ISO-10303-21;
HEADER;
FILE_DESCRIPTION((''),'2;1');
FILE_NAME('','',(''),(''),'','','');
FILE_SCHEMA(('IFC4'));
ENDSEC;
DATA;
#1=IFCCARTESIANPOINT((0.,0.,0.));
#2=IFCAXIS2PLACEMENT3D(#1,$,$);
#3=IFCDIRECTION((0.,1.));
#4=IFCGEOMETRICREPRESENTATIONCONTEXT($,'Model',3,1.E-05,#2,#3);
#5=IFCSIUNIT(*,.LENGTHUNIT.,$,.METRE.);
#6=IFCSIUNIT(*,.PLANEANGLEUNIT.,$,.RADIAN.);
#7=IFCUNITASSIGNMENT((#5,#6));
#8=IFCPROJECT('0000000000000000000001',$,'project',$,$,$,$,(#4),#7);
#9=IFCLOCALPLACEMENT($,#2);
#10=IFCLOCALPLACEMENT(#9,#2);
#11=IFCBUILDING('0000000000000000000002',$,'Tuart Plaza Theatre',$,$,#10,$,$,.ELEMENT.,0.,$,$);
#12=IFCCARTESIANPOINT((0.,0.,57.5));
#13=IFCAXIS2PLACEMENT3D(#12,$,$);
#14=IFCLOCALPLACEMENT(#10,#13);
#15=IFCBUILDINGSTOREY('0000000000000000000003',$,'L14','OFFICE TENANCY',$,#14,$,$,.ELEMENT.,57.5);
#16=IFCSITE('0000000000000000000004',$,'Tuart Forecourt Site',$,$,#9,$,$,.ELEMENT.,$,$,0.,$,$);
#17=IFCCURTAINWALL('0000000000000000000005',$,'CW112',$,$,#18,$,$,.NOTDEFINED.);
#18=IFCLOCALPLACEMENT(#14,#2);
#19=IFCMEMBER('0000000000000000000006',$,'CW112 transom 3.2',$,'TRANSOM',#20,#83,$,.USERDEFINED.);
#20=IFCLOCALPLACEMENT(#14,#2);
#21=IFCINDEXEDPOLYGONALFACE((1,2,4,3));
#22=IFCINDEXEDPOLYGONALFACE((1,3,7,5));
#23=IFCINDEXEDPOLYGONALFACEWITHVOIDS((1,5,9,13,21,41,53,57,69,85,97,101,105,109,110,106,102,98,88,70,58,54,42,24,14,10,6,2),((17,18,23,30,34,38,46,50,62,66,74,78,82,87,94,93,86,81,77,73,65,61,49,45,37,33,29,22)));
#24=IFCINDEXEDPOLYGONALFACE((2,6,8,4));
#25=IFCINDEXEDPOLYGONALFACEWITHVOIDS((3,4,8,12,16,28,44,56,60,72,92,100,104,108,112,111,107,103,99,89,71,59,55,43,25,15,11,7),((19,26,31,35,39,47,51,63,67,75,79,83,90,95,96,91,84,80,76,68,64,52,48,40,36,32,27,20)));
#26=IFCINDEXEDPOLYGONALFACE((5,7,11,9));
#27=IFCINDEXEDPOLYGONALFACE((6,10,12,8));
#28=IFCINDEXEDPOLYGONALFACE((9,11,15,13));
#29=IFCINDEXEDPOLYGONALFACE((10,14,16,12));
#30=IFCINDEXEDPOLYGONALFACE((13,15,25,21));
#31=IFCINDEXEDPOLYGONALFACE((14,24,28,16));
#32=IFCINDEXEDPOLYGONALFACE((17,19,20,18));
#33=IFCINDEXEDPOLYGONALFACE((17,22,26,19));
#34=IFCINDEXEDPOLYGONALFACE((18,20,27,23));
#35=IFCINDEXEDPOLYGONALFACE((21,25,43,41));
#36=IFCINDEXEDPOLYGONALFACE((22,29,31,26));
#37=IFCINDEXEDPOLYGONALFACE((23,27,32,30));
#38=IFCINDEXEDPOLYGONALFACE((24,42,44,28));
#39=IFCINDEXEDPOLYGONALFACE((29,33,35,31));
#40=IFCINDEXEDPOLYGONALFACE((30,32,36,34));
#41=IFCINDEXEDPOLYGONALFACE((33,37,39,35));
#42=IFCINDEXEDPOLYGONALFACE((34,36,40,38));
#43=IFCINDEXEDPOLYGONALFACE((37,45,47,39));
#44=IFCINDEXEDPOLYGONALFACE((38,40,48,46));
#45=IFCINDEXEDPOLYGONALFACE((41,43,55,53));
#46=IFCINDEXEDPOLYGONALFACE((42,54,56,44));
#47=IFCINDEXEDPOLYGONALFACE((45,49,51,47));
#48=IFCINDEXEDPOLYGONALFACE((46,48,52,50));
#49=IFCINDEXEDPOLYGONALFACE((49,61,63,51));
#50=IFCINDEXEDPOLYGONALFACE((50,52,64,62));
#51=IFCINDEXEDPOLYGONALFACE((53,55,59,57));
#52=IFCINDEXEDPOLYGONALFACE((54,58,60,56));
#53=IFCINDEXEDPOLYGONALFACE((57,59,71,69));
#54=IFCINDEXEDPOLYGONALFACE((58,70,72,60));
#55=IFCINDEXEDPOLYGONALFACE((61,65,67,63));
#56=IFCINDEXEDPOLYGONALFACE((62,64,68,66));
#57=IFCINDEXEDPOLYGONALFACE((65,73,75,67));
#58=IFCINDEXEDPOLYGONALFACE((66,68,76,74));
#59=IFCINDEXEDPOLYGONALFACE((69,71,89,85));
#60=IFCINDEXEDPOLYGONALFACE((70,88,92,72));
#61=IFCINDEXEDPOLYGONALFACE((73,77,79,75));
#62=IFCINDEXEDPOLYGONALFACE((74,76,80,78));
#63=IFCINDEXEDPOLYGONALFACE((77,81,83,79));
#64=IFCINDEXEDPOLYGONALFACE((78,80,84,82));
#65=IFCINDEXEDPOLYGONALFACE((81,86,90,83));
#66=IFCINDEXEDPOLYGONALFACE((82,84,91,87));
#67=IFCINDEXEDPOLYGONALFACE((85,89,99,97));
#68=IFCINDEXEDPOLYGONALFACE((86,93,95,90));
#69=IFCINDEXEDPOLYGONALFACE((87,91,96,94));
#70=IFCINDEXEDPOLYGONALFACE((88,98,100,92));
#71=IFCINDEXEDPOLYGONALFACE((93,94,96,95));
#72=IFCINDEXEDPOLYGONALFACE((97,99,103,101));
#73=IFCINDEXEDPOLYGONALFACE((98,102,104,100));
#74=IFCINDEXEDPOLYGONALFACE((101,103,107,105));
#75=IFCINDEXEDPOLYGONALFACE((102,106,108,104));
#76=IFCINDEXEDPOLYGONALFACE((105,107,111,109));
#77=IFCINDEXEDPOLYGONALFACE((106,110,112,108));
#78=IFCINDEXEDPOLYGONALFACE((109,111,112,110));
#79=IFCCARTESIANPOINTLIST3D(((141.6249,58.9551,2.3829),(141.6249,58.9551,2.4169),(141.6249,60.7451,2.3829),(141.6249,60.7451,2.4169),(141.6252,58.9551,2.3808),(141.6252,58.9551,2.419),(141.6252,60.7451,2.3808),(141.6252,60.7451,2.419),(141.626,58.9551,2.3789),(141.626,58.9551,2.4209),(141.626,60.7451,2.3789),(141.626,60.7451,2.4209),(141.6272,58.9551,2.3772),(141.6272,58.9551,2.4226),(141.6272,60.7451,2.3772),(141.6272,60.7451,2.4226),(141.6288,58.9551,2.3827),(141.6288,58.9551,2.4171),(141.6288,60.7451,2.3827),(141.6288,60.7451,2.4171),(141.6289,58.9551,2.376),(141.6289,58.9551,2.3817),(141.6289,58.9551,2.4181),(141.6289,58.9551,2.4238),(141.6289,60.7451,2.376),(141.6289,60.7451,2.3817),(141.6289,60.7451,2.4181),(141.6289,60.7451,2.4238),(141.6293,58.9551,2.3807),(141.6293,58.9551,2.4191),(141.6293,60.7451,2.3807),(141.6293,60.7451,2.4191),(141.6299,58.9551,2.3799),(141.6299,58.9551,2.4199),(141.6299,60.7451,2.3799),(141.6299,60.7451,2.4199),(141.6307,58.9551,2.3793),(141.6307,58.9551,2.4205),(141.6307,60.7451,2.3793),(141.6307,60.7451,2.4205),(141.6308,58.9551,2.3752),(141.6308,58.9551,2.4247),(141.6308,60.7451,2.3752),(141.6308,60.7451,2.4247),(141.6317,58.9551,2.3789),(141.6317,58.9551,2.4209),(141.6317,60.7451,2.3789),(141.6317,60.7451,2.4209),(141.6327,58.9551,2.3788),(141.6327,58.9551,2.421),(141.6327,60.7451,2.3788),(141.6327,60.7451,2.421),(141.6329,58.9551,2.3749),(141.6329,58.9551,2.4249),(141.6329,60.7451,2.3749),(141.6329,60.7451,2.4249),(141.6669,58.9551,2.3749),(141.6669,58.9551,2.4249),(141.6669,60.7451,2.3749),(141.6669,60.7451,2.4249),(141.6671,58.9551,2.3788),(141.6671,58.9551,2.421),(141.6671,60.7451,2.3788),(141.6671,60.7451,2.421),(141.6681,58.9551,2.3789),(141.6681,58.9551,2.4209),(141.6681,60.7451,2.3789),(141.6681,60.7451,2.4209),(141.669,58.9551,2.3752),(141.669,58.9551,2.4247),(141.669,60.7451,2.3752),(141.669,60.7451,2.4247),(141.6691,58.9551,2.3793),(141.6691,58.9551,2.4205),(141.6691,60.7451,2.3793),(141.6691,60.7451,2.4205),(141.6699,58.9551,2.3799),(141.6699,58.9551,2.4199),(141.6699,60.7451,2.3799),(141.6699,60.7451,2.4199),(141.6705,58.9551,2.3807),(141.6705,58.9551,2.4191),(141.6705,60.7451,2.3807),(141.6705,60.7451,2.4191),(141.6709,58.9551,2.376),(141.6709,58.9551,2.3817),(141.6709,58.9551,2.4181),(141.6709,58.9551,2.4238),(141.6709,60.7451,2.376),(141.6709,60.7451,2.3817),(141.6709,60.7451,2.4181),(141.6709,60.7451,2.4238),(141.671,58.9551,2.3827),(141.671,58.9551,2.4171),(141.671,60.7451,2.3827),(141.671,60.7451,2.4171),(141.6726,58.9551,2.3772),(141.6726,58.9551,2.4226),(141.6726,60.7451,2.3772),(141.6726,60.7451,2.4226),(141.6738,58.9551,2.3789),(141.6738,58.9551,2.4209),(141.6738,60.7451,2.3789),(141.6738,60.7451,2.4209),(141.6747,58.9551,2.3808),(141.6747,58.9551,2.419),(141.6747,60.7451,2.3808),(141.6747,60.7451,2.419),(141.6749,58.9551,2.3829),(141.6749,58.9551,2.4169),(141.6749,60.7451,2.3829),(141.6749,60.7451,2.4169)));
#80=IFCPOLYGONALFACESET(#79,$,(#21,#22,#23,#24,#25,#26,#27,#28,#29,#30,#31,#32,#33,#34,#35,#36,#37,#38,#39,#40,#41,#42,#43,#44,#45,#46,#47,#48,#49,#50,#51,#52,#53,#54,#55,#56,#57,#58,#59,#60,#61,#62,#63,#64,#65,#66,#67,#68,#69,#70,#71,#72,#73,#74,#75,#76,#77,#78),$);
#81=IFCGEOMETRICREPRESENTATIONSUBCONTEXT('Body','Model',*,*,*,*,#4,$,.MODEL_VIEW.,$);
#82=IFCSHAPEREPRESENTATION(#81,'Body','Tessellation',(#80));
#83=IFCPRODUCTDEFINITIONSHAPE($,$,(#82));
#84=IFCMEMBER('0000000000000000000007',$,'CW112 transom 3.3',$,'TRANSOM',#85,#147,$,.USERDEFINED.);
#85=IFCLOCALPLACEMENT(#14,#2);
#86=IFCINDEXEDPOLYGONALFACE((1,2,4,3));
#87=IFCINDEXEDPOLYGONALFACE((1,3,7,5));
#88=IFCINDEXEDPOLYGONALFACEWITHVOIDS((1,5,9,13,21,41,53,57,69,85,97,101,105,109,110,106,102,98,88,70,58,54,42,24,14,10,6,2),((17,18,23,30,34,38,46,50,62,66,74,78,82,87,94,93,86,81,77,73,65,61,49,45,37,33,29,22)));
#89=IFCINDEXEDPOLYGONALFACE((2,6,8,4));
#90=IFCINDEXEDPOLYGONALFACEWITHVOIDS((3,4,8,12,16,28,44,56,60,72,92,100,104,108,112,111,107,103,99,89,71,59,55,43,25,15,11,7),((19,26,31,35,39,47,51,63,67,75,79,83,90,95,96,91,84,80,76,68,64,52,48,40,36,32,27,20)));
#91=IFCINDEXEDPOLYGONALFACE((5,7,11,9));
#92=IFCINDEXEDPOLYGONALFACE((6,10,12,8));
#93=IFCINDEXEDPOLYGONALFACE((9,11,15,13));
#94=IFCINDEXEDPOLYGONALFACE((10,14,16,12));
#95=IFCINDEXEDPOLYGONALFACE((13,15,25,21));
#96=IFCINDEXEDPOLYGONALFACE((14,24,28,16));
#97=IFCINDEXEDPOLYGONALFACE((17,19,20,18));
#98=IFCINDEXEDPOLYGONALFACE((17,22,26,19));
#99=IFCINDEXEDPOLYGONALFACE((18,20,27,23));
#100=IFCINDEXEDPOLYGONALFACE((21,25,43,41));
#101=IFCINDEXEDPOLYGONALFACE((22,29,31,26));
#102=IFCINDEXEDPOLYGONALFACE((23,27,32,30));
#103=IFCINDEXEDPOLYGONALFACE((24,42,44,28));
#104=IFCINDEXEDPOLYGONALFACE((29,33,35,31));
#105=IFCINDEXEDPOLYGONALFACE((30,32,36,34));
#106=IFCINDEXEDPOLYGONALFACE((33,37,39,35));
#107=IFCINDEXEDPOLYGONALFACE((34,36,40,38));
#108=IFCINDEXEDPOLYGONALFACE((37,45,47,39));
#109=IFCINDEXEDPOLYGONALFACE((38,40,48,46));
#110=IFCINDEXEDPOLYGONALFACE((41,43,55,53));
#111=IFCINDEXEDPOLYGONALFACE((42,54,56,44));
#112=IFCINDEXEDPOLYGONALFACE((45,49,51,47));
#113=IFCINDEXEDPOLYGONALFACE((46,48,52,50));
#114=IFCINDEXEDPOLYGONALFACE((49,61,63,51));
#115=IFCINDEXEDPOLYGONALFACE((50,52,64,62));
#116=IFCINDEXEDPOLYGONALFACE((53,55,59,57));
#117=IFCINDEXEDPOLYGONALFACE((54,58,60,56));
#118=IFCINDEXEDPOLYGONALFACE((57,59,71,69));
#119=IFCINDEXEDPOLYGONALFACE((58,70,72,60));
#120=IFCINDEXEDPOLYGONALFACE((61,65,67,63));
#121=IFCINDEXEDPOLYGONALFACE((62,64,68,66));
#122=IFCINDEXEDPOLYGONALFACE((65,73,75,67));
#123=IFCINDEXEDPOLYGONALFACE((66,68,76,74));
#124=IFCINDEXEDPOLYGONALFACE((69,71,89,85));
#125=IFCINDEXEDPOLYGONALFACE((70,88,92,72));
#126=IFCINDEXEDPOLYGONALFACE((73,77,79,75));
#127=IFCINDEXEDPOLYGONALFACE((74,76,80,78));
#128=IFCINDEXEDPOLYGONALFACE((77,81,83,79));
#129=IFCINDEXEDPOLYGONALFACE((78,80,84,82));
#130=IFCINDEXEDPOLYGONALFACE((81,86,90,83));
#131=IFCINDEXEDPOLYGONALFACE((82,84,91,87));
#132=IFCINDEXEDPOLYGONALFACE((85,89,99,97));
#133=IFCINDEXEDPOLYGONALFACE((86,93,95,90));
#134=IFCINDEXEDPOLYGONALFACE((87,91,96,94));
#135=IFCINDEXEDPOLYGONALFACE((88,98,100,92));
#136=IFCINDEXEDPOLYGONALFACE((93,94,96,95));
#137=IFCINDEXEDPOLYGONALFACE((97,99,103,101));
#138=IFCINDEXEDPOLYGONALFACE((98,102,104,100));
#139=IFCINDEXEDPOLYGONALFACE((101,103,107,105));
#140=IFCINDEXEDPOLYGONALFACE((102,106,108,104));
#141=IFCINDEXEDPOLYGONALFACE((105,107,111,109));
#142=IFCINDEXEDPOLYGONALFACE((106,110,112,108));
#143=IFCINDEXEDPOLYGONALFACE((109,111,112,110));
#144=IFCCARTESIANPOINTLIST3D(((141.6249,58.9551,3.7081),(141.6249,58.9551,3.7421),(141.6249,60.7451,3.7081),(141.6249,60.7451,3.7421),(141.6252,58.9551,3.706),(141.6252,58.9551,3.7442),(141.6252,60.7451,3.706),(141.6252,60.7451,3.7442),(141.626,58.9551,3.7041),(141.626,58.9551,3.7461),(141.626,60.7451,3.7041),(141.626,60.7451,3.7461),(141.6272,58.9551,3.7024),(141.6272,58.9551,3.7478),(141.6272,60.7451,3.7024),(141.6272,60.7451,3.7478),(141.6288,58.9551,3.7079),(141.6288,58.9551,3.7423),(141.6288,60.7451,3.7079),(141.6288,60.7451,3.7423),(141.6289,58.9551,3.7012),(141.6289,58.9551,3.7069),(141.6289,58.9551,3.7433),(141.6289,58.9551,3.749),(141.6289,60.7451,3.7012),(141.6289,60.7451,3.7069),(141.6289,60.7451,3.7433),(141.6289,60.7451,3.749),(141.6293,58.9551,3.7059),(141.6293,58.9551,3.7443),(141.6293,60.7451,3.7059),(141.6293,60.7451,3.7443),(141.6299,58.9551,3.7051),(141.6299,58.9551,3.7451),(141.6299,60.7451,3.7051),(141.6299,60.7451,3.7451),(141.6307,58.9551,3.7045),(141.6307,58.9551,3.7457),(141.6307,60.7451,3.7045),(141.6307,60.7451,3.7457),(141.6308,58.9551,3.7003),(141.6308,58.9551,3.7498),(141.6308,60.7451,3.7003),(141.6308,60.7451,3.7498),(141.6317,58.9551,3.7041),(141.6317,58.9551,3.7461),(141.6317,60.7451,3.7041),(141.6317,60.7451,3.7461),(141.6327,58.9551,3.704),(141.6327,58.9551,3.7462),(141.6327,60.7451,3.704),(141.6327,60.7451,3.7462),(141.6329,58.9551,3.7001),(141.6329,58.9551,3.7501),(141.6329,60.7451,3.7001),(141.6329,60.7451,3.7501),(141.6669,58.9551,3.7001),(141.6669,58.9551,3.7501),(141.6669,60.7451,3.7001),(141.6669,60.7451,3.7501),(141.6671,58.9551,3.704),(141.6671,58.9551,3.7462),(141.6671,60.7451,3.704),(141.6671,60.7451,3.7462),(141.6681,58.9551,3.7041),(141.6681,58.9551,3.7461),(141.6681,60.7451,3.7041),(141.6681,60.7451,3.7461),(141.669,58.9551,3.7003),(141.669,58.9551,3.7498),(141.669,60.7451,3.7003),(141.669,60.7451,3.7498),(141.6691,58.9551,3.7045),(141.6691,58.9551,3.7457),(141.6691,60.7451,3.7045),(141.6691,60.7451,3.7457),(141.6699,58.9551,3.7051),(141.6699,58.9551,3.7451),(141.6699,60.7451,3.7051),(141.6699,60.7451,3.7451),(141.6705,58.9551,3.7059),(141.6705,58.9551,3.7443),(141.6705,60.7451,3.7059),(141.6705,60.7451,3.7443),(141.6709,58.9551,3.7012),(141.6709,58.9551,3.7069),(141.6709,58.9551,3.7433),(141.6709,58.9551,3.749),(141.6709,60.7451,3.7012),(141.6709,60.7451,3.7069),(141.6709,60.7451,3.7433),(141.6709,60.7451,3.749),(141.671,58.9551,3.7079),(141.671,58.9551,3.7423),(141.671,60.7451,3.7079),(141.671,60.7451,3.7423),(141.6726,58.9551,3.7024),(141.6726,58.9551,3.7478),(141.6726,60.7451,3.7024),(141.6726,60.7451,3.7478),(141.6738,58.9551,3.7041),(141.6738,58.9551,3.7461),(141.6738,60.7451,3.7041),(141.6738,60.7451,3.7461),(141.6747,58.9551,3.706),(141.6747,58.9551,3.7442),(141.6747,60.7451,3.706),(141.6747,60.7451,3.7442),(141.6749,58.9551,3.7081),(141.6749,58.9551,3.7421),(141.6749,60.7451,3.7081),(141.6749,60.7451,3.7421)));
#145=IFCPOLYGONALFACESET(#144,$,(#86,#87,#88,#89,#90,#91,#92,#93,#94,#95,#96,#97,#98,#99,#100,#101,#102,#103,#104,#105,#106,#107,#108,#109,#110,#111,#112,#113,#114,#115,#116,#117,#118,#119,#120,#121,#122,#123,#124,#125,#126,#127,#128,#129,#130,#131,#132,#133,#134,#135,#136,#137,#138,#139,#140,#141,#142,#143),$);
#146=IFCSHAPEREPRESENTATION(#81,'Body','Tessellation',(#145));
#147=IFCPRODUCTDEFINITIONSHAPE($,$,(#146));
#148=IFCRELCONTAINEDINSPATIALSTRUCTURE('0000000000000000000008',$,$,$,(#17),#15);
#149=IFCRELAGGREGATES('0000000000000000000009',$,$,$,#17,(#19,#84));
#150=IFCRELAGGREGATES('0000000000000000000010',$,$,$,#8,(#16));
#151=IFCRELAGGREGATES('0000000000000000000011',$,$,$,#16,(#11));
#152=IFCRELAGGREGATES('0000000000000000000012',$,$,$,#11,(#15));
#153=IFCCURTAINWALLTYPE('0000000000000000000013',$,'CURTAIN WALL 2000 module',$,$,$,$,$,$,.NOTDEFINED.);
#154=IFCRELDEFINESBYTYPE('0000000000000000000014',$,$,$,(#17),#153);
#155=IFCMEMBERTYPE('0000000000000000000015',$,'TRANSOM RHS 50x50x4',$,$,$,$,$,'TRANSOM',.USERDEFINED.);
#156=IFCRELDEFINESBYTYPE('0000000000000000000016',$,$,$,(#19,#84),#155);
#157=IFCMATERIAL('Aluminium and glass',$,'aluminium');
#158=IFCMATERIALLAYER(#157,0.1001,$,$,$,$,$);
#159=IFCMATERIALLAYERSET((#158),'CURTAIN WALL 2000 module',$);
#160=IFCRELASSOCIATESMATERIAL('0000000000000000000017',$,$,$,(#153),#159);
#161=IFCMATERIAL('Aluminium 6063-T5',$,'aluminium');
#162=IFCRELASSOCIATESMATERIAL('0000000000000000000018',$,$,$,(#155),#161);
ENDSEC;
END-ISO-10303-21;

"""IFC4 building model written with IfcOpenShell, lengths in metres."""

from ifc_helpers import new_model, si_unit, direction, frame, origin, origin_2d, place, context, subcontext, project, spatial, hollow_rectangle, extrude, material, layer, layer_set, material_profile, profile_set, type_object, element, aggregate, save


model = new_model("IFC4")

# Units and contexts
model_context = context("Model", 3, precision=1e-05, world=origin(), true_north=direction((0.0, 1.0)))
body_context = subcontext(model_context, "Body", "Model", "MODEL_VIEW")
ifc_project = project(units=[si_unit("LENGTHUNIT", "METRE"), si_unit("PLANEANGLEUNIT", "RADIAN")], contexts=[model_context])

# Site, building, storey
site_placement = place(None, origin())
site = spatial("IfcSite", under=ifc_project, at=site_placement, Name="Tuart Forecourt Site", CompositionType="ELEMENT", RefElevation=0.0)
building_placement = place(site_placement, origin())
building = spatial("IfcBuilding", under=site, at=building_placement, Name="Tuart Plaza Theatre", CompositionType="ELEMENT", ElevationOfRefHeight=0.0)
storey_placement = place(building_placement, frame((0.0, 0.0, 57.5)))
storey = spatial("IfcBuildingStorey", under=building, at=storey_placement, Name="L14", Description="OFFICE TENANCY", CompositionType="ELEMENT", Elevation=57.5)

# Curtain wall, members
ifc_material_1 = material(Name="Aluminium and glass", Category="aluminium")
ifc_layer_1 = layer(ifc_material_1, 0.1001)
ifc_layer_set_1 = layer_set([ifc_layer_1], Name="CURTAIN WALL 2000 module")
curtain_wall_type = type_object("IfcCurtainWallType", Name="CURTAIN WALL 2000 module", PredefinedType="NOTDEFINED", material=ifc_layer_set_1)
curtain_wall_placement = place(storey_placement, origin())
curtain_wall = element("IfcCurtainWall", 1, at=curtain_wall_placement, inside=storey, type_object=curtain_wall_type, Name="CW112", PredefinedType="NOTDEFINED")
ifc_material_2 = material(Name="Aluminium 6063-T5", Category="aluminium")
ifc_material_profile_1 = material_profile(ifc_material_2, hollow_rectangle(XDim=0.05, YDim=0.05, WallThickness=0.0039, InnerFilletRadius=0.0039, OuterFilletRadius=0.0081, at=origin_2d()), Name="RHS 50x50x4")
ifc_profile_set_1 = profile_set([ifc_material_profile_1], Name="Aluminium 6063-T5")
member_type_1 = type_object("IfcMemberType", Name="TRANSOM RHS 50x50x4", ElementType="TRANSOM", PredefinedType="USERDEFINED", material=ifc_profile_set_1)
member_1_placement = place(storey_placement, frame((141.6499, 58.9551, 2.3999), z_axis=(0.0, 1.0, 0.0), x_axis=(-1.0, 0.0, 0.0)))
member_1 = element("IfcMember", 2, at=member_1_placement, type_object=member_type_1, Name="CW112 transom 3.2", ObjectType="TRANSOM", PredefinedType="USERDEFINED", context=body_context, shape_type="SweptSolid", body=[
    extrude(hollow_rectangle(XDim=0.05, YDim=0.05, WallThickness=0.0039, InnerFilletRadius=0.0039, OuterFilletRadius=0.0081, at=origin_2d()), origin(), (0.0, 0.0, 1.0), 1.79),
])
member_2_placement = place(storey_placement, frame((141.6499, 58.9551, 3.7251), z_axis=(0.0, 1.0, 0.0), x_axis=(-1.0, 0.0, 0.0)))
member_2 = element("IfcMember", 3, at=member_2_placement, type_object=member_type_1, Name="CW112 transom 3.3", ObjectType="TRANSOM", PredefinedType="USERDEFINED", context=body_context, shape_type="SweptSolid", body=[
    extrude(hollow_rectangle(XDim=0.05, YDim=0.05, WallThickness=0.0039, InnerFilletRadius=0.0039, OuterFilletRadius=0.0081, at=origin_2d()), origin(), (0.0, 0.0, 1.0), 1.79),
])
aggregate(curtain_wall, [member_1, member_2])

save(model, "model.ifc")
